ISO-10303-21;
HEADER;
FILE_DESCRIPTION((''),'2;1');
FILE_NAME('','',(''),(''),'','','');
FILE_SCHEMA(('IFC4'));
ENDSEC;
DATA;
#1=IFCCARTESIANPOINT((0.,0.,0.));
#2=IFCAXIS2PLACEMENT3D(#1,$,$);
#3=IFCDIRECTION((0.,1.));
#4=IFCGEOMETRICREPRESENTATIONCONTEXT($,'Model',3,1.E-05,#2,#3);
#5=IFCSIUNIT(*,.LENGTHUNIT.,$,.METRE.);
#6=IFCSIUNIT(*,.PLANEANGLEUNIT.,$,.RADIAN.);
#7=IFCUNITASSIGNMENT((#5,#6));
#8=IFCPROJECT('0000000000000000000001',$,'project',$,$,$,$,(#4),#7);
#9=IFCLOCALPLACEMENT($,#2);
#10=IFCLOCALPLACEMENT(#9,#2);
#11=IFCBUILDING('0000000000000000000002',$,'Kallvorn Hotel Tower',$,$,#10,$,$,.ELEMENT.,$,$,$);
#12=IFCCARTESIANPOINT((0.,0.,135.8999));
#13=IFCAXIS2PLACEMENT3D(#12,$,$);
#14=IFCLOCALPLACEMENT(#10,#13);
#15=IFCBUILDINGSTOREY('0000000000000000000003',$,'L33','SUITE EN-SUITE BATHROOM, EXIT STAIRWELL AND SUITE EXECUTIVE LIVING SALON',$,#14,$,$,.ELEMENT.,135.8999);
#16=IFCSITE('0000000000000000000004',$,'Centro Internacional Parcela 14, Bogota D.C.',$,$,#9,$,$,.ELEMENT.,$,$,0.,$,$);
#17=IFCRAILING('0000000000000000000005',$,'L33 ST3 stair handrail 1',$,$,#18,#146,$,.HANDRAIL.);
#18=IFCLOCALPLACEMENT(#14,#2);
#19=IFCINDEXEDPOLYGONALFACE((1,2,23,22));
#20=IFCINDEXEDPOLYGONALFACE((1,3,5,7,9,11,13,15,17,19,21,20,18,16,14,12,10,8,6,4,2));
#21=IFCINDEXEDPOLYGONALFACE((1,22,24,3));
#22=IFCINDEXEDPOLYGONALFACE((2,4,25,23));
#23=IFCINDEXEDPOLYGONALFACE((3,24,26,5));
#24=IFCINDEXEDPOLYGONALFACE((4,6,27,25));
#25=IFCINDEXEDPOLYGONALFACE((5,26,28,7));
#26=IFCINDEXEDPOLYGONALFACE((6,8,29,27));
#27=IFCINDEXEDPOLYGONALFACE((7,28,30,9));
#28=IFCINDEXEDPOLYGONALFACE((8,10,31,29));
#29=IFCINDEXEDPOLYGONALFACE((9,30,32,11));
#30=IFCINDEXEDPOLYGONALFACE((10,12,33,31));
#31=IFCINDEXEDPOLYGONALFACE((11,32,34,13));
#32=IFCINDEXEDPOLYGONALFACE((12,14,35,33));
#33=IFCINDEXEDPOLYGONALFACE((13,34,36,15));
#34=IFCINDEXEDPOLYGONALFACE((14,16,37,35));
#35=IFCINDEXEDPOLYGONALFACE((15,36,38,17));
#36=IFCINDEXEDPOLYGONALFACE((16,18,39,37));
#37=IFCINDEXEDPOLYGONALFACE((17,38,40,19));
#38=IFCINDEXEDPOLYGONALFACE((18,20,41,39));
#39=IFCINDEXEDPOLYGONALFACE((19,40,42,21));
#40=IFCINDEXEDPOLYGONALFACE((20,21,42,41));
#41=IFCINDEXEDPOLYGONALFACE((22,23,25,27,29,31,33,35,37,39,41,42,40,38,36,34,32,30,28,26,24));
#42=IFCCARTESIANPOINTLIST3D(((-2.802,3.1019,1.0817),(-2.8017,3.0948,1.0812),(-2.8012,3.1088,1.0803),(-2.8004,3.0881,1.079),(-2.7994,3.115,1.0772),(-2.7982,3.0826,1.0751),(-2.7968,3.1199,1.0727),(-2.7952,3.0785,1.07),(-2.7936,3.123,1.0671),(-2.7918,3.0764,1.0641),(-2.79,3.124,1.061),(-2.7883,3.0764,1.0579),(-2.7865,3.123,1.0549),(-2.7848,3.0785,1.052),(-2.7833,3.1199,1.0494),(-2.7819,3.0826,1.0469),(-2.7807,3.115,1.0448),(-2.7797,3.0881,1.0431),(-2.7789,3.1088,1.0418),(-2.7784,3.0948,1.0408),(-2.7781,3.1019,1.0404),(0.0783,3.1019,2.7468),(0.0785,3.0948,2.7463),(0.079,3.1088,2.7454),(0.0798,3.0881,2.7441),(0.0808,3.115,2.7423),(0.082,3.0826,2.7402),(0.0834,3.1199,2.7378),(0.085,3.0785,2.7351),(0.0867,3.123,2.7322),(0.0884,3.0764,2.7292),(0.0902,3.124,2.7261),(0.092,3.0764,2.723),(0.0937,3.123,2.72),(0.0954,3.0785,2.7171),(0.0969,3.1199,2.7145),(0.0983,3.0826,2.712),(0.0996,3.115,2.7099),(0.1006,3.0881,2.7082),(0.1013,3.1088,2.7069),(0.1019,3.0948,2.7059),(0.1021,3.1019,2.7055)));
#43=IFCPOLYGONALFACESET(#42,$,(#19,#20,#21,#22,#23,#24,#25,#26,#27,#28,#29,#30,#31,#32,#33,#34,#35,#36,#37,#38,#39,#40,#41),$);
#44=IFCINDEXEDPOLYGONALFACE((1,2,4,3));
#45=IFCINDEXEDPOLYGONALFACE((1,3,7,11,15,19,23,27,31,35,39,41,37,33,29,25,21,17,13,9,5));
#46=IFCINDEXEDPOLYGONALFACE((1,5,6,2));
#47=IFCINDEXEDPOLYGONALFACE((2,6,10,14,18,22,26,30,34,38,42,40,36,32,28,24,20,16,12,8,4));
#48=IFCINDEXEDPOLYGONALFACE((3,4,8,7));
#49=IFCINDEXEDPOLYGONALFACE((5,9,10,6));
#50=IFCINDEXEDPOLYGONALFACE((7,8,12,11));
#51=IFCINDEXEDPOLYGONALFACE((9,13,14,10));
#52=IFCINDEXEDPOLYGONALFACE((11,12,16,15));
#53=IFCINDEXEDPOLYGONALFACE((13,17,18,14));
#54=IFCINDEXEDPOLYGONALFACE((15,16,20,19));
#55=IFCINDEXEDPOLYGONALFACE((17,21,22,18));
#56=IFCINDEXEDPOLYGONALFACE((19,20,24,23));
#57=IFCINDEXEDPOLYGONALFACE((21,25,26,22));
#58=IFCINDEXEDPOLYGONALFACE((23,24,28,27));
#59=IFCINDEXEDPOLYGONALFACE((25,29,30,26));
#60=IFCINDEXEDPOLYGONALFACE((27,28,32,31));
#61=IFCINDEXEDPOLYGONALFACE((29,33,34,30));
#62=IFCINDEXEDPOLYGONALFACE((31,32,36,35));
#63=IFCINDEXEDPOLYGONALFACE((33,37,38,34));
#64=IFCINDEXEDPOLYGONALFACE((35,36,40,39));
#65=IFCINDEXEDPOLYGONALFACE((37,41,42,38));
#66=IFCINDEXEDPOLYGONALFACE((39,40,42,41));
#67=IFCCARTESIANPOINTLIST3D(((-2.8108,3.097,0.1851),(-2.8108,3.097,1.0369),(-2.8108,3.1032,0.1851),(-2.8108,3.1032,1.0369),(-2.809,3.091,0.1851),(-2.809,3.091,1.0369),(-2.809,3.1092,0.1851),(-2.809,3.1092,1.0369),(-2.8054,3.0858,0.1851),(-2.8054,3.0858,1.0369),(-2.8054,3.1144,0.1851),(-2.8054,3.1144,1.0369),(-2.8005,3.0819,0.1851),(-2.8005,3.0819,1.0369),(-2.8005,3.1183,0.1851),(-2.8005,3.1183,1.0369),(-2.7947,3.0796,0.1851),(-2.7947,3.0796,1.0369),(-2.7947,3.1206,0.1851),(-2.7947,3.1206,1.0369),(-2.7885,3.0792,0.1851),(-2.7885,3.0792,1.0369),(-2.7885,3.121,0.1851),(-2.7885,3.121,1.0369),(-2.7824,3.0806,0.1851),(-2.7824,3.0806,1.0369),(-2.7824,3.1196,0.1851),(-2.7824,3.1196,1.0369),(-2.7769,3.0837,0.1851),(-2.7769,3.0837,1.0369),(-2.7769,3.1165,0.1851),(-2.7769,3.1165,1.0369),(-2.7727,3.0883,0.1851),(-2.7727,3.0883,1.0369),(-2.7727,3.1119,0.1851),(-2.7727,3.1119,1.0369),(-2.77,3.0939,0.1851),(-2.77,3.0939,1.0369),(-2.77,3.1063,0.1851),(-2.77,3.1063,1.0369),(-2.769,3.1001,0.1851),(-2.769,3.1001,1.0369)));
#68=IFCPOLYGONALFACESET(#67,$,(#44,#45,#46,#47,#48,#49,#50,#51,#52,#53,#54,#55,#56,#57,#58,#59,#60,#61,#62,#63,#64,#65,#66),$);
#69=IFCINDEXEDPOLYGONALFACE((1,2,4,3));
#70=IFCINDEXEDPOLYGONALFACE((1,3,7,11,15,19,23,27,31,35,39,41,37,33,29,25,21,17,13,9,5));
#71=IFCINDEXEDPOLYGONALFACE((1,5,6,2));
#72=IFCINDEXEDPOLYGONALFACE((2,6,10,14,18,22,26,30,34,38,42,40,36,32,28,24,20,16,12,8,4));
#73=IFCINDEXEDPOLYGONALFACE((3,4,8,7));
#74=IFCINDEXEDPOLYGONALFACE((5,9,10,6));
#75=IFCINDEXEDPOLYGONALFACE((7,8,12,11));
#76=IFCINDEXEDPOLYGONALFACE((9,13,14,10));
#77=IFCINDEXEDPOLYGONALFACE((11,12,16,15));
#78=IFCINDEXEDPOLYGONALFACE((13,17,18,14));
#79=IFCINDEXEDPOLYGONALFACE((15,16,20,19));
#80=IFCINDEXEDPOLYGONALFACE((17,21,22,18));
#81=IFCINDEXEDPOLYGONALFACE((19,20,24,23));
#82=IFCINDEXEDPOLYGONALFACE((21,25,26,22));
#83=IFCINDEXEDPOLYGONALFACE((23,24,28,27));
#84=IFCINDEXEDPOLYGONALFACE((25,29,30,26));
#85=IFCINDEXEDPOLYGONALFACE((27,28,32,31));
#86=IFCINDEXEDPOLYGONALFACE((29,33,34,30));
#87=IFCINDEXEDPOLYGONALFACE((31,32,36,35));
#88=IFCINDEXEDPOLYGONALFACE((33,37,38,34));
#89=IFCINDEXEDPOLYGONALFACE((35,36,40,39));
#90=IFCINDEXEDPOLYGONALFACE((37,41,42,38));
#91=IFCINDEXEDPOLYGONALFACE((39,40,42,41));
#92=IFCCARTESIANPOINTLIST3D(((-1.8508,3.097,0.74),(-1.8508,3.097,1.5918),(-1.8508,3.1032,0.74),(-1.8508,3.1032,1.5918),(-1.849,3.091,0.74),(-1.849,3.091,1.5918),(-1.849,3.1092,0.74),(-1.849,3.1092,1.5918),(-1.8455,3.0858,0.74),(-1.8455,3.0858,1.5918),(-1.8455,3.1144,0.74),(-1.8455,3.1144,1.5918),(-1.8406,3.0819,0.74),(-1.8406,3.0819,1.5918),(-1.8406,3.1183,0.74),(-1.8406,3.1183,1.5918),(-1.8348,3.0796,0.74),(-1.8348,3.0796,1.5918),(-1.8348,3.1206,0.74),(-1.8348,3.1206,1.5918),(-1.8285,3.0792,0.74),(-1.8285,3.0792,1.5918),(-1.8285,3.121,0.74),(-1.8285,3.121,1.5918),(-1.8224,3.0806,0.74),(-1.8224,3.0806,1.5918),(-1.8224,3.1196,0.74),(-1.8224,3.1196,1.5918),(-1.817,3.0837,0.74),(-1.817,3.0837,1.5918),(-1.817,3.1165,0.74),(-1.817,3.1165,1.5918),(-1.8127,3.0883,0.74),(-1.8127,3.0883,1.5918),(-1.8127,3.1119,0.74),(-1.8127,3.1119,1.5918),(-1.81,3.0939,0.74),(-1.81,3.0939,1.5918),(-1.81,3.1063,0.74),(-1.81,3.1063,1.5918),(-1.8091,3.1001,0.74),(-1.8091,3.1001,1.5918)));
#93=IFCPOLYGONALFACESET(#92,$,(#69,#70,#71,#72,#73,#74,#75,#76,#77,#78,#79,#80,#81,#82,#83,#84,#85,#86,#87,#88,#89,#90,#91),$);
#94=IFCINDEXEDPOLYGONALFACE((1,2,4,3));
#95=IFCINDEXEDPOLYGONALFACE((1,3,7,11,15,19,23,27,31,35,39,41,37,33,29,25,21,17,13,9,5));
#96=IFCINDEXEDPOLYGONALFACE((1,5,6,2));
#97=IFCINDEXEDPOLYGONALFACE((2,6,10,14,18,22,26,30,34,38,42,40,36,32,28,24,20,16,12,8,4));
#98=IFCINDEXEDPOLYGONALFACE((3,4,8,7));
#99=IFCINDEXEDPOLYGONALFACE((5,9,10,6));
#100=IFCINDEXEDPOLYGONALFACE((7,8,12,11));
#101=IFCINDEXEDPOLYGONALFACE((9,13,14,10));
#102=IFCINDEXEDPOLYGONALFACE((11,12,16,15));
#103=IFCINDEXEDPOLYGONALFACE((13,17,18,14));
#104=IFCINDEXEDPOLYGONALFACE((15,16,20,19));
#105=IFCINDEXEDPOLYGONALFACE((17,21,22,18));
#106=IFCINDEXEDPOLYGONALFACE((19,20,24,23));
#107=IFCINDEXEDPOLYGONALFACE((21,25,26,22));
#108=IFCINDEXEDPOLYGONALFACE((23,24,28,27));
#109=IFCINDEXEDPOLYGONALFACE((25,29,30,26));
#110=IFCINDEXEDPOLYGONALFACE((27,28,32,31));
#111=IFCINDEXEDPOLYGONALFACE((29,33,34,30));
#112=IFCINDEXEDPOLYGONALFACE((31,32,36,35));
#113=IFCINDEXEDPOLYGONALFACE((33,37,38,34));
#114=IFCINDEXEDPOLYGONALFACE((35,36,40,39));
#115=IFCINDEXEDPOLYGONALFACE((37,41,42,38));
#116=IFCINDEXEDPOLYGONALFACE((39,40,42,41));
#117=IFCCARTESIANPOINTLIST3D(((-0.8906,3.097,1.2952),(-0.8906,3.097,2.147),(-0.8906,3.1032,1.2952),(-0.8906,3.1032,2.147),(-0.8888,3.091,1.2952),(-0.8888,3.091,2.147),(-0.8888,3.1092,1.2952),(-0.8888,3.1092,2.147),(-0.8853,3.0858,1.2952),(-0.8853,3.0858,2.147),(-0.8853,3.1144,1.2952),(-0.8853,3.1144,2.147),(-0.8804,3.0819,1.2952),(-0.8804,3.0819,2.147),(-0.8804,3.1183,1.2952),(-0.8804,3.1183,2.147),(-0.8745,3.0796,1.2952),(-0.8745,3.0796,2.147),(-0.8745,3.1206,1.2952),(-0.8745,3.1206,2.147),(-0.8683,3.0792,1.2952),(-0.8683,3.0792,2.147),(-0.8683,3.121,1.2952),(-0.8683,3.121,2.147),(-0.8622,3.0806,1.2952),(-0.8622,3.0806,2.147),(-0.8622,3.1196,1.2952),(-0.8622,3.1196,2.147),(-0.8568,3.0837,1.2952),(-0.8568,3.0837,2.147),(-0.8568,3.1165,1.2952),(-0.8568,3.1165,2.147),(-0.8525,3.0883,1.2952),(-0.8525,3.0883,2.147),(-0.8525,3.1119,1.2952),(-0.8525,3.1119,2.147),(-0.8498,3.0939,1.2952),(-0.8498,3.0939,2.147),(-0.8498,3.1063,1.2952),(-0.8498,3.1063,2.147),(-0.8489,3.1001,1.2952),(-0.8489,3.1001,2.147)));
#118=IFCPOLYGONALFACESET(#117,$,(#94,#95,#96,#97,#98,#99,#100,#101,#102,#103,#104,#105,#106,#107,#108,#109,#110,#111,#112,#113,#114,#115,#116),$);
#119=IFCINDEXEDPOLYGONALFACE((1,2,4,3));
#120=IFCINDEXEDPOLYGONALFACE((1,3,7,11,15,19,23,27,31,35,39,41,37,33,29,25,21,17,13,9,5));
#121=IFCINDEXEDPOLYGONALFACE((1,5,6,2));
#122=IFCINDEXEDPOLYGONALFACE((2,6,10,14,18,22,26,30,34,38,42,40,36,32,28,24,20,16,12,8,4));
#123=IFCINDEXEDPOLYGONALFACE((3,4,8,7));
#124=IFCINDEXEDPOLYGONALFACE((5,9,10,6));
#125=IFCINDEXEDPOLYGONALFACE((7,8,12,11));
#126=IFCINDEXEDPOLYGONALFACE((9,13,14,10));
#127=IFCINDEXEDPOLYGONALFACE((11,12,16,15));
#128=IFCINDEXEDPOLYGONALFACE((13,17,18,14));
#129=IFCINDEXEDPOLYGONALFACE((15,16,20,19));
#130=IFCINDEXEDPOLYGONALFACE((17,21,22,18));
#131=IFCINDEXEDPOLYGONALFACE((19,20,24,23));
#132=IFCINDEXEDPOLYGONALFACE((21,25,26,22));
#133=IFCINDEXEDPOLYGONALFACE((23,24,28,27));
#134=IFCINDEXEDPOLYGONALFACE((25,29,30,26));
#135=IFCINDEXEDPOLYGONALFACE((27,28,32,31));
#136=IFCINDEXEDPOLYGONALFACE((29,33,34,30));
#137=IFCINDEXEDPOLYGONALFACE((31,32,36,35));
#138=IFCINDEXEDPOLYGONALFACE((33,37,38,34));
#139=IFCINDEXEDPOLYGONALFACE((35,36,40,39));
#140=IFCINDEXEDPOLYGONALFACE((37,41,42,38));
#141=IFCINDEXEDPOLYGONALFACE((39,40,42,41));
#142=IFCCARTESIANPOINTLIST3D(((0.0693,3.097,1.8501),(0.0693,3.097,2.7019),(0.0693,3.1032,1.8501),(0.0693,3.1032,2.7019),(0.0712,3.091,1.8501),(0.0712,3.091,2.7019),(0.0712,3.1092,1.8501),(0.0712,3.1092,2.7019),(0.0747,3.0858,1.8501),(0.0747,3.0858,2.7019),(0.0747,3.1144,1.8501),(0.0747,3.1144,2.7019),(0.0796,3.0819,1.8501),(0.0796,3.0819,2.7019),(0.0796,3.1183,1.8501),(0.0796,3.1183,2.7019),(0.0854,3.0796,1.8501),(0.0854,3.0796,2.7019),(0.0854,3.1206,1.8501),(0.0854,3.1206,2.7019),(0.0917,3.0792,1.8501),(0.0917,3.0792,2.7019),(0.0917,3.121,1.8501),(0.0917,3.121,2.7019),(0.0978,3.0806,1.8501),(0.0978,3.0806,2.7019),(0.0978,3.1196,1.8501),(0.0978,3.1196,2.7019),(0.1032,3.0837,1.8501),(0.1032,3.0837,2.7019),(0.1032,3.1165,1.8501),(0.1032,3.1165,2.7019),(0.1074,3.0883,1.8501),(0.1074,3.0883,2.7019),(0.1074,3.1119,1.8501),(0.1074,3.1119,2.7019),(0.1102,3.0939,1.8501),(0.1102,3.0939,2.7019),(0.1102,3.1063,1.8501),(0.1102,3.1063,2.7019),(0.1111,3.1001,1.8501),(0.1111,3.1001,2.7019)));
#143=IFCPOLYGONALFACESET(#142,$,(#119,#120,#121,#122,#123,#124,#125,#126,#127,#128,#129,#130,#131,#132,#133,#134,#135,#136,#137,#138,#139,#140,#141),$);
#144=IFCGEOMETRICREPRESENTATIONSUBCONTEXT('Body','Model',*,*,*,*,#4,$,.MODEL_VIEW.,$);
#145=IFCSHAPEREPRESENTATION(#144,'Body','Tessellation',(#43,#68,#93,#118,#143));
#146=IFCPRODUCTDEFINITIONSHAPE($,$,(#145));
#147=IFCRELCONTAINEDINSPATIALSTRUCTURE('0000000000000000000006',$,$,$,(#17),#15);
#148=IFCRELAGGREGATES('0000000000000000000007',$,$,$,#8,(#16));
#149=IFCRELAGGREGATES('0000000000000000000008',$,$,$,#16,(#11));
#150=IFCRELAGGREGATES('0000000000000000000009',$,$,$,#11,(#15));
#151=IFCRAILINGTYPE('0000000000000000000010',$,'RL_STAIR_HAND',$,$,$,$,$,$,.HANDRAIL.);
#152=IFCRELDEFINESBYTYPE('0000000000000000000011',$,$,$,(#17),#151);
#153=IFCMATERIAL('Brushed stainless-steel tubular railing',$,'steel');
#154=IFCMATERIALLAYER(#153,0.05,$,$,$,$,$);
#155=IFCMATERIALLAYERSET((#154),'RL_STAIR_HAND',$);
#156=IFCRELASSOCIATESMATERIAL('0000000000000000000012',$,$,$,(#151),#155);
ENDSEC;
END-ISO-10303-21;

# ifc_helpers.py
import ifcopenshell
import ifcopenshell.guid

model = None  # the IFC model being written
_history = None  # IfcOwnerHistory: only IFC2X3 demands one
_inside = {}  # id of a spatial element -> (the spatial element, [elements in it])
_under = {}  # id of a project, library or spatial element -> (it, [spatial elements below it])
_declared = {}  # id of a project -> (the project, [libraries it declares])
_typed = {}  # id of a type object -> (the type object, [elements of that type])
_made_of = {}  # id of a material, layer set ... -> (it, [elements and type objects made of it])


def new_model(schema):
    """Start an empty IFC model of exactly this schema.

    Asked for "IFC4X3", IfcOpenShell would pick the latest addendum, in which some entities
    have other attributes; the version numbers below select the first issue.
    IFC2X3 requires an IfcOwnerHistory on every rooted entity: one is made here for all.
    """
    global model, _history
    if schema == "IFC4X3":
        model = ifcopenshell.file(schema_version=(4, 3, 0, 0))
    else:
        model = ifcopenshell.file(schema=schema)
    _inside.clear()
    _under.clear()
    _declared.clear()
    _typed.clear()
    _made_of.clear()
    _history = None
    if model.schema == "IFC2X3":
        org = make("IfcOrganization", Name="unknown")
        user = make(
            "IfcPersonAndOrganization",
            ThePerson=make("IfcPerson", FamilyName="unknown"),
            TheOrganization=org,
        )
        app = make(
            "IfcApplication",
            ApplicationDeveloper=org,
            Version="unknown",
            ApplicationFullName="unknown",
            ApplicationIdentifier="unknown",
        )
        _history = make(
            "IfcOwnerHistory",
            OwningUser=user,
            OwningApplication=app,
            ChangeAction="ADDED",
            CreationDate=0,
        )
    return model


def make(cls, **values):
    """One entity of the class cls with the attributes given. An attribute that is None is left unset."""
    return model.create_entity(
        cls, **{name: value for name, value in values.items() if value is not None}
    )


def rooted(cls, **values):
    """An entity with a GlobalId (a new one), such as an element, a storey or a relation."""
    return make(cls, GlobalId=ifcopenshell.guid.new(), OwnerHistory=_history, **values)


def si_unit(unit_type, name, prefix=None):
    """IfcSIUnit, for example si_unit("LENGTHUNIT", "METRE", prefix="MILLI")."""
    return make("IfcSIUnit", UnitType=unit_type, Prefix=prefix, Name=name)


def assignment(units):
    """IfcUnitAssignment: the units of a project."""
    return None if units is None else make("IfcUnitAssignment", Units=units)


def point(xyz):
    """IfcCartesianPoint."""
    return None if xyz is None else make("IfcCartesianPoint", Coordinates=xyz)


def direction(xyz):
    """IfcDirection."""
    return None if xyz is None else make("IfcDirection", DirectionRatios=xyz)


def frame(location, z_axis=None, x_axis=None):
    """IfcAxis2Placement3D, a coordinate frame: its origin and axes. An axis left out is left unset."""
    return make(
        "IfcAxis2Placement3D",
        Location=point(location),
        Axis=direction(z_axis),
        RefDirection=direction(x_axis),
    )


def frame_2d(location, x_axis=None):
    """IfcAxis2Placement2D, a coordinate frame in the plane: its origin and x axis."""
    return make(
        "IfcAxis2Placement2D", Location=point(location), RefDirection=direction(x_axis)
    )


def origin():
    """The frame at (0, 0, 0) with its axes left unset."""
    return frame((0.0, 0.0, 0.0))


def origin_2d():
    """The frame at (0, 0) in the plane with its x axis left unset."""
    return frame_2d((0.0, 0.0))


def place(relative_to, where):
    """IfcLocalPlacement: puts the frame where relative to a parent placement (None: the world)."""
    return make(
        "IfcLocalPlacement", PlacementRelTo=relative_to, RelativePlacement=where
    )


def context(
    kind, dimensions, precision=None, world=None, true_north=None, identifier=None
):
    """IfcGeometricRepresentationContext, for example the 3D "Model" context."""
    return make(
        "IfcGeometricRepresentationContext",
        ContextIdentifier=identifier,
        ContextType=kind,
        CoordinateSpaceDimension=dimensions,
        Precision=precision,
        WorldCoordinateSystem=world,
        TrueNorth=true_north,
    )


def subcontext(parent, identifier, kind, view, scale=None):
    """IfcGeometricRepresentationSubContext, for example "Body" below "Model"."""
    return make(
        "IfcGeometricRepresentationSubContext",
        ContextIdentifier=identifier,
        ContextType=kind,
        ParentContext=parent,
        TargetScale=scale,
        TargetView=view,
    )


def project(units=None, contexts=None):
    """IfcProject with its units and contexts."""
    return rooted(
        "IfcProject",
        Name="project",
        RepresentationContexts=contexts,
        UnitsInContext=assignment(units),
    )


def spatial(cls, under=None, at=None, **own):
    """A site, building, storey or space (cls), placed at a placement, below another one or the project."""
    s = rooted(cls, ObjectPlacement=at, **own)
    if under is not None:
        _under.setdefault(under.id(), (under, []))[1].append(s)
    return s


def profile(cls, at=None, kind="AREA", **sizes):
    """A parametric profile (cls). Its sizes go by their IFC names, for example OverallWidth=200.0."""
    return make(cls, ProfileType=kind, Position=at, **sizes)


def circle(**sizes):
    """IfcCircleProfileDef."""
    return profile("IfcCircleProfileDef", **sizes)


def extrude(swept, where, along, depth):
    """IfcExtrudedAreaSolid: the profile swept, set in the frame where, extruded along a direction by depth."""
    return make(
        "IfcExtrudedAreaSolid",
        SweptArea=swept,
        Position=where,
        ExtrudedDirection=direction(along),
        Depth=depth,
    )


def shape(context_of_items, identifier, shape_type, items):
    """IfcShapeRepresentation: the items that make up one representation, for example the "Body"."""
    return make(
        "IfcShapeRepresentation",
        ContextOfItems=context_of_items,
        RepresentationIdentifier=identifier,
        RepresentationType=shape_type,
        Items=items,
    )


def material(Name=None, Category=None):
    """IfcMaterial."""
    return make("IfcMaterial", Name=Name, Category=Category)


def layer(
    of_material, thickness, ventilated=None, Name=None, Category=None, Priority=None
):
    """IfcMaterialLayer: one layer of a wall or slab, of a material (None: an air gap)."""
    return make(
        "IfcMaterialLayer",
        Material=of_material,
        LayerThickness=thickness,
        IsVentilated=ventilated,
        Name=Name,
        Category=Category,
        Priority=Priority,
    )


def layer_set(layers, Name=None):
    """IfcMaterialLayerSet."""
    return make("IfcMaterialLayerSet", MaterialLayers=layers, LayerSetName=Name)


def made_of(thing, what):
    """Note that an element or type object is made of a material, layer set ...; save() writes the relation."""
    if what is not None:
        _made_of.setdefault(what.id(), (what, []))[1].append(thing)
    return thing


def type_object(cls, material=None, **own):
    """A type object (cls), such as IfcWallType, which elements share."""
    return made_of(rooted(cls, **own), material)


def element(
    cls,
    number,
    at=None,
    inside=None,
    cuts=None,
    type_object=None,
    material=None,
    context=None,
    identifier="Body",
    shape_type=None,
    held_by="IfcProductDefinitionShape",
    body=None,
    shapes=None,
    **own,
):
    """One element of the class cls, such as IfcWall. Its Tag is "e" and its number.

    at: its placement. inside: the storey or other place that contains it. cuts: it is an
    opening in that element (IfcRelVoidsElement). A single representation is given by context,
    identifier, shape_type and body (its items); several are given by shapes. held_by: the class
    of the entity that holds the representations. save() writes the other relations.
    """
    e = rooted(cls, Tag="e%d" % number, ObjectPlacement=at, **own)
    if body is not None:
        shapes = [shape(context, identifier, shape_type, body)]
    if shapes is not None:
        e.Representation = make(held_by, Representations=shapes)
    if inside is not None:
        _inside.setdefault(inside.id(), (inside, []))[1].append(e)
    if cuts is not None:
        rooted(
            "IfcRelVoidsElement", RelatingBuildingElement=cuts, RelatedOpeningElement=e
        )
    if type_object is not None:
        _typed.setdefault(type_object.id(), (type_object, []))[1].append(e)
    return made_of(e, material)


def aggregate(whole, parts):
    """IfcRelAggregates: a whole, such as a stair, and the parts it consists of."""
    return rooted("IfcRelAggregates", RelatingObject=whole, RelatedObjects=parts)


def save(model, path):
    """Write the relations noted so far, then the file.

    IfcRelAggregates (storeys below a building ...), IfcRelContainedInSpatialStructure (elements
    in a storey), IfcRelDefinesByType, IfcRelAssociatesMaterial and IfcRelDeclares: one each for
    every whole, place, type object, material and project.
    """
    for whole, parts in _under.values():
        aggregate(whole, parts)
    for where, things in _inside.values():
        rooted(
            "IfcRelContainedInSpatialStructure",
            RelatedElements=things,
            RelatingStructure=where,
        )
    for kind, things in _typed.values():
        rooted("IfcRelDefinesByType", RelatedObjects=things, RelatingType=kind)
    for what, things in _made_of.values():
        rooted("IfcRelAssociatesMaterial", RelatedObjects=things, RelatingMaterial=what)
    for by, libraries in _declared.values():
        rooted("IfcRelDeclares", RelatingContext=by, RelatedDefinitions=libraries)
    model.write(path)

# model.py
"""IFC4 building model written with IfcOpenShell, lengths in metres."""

from ifc_helpers import new_model, si_unit, direction, frame, origin, origin_2d, place, context, subcontext, project, spatial, circle, extrude, material, layer, layer_set, type_object, element, save


model = new_model("IFC4")

# Units and contexts
model_context = context("Model", 3, precision=1e-05, world=origin(), true_north=direction((0.0, 1.0)))
body_context = subcontext(model_context, "Body", "Model", "MODEL_VIEW")
ifc_project = project(units=[si_unit("LENGTHUNIT", "METRE"), si_unit("PLANEANGLEUNIT", "RADIAN")], contexts=[model_context])

# Site, building, storey
site_placement = place(None, origin())
site = spatial("IfcSite", under=ifc_project, at=site_placement, Name="Centro Internacional Parcela 14, Bogota D.C.", CompositionType="ELEMENT", RefElevation=0.0)
building_placement = place(site_placement, origin())
building = spatial("IfcBuilding", under=site, at=building_placement, Name="Kallvorn Hotel Tower", CompositionType="ELEMENT")
storey_placement = place(building_placement, frame((0.0, 0.0, 135.8999)))
storey = spatial("IfcBuildingStorey", under=building, at=storey_placement, Name="L33", Description="SUITE EN-SUITE BATHROOM, EXIT STAIRWELL AND SUITE EXECUTIVE LIVING SALON", CompositionType="ELEMENT", Elevation=135.8999)

# Railing
ifc_material_1 = material(Name="Brushed stainless-steel tubular railing", Category="steel")
ifc_layer_1 = layer(ifc_material_1, 0.05)
ifc_layer_set_1 = layer_set([ifc_layer_1], Name="RL_STAIR_HAND")
railing_type_1 = type_object("IfcRailingType", Name="RL_STAIR_HAND", PredefinedType="HANDRAIL", material=ifc_layer_set_1)
railing_1_placement = place(storey_placement, frame((-2.79, 3.1001, 0.1851)))
element("IfcRailing", 1, at=railing_1_placement, inside=storey, type_object=railing_type_1, Name="L33 ST3 stair handrail 1", PredefinedType="HANDRAIL", context=body_context, shape_type="SweptSolid", body=[
    extrude(circle(Radius=0.0239, at=origin_2d()), frame((0.0, 0.0, 0.876), z_axis=(0.865739, 0.0, 0.500495), x_axis=(0.0, 1.0, 0.0)), (0.0, 0.0, 1.0), 3.3269),
    extrude(circle(Radius=0.021, at=origin_2d()), origin(), (0.0, 0.0, 1.0), 0.8518),
    extrude(circle(Radius=0.021, at=origin_2d()), frame((0.96, 0.0, 0.5549)), (0.0, 0.0, 1.0), 0.8518),
    extrude(circle(Radius=0.021, at=origin_2d()), frame((1.9202, 0.0, 1.1101)), (0.0, 0.0, 1.0), 0.8518),
    extrude(circle(Radius=0.021, at=origin_2d()), frame((2.8801, 0.0, 1.665)), (0.0, 0.0, 1.0), 0.8518),
])

save(model, "model.ifc")
